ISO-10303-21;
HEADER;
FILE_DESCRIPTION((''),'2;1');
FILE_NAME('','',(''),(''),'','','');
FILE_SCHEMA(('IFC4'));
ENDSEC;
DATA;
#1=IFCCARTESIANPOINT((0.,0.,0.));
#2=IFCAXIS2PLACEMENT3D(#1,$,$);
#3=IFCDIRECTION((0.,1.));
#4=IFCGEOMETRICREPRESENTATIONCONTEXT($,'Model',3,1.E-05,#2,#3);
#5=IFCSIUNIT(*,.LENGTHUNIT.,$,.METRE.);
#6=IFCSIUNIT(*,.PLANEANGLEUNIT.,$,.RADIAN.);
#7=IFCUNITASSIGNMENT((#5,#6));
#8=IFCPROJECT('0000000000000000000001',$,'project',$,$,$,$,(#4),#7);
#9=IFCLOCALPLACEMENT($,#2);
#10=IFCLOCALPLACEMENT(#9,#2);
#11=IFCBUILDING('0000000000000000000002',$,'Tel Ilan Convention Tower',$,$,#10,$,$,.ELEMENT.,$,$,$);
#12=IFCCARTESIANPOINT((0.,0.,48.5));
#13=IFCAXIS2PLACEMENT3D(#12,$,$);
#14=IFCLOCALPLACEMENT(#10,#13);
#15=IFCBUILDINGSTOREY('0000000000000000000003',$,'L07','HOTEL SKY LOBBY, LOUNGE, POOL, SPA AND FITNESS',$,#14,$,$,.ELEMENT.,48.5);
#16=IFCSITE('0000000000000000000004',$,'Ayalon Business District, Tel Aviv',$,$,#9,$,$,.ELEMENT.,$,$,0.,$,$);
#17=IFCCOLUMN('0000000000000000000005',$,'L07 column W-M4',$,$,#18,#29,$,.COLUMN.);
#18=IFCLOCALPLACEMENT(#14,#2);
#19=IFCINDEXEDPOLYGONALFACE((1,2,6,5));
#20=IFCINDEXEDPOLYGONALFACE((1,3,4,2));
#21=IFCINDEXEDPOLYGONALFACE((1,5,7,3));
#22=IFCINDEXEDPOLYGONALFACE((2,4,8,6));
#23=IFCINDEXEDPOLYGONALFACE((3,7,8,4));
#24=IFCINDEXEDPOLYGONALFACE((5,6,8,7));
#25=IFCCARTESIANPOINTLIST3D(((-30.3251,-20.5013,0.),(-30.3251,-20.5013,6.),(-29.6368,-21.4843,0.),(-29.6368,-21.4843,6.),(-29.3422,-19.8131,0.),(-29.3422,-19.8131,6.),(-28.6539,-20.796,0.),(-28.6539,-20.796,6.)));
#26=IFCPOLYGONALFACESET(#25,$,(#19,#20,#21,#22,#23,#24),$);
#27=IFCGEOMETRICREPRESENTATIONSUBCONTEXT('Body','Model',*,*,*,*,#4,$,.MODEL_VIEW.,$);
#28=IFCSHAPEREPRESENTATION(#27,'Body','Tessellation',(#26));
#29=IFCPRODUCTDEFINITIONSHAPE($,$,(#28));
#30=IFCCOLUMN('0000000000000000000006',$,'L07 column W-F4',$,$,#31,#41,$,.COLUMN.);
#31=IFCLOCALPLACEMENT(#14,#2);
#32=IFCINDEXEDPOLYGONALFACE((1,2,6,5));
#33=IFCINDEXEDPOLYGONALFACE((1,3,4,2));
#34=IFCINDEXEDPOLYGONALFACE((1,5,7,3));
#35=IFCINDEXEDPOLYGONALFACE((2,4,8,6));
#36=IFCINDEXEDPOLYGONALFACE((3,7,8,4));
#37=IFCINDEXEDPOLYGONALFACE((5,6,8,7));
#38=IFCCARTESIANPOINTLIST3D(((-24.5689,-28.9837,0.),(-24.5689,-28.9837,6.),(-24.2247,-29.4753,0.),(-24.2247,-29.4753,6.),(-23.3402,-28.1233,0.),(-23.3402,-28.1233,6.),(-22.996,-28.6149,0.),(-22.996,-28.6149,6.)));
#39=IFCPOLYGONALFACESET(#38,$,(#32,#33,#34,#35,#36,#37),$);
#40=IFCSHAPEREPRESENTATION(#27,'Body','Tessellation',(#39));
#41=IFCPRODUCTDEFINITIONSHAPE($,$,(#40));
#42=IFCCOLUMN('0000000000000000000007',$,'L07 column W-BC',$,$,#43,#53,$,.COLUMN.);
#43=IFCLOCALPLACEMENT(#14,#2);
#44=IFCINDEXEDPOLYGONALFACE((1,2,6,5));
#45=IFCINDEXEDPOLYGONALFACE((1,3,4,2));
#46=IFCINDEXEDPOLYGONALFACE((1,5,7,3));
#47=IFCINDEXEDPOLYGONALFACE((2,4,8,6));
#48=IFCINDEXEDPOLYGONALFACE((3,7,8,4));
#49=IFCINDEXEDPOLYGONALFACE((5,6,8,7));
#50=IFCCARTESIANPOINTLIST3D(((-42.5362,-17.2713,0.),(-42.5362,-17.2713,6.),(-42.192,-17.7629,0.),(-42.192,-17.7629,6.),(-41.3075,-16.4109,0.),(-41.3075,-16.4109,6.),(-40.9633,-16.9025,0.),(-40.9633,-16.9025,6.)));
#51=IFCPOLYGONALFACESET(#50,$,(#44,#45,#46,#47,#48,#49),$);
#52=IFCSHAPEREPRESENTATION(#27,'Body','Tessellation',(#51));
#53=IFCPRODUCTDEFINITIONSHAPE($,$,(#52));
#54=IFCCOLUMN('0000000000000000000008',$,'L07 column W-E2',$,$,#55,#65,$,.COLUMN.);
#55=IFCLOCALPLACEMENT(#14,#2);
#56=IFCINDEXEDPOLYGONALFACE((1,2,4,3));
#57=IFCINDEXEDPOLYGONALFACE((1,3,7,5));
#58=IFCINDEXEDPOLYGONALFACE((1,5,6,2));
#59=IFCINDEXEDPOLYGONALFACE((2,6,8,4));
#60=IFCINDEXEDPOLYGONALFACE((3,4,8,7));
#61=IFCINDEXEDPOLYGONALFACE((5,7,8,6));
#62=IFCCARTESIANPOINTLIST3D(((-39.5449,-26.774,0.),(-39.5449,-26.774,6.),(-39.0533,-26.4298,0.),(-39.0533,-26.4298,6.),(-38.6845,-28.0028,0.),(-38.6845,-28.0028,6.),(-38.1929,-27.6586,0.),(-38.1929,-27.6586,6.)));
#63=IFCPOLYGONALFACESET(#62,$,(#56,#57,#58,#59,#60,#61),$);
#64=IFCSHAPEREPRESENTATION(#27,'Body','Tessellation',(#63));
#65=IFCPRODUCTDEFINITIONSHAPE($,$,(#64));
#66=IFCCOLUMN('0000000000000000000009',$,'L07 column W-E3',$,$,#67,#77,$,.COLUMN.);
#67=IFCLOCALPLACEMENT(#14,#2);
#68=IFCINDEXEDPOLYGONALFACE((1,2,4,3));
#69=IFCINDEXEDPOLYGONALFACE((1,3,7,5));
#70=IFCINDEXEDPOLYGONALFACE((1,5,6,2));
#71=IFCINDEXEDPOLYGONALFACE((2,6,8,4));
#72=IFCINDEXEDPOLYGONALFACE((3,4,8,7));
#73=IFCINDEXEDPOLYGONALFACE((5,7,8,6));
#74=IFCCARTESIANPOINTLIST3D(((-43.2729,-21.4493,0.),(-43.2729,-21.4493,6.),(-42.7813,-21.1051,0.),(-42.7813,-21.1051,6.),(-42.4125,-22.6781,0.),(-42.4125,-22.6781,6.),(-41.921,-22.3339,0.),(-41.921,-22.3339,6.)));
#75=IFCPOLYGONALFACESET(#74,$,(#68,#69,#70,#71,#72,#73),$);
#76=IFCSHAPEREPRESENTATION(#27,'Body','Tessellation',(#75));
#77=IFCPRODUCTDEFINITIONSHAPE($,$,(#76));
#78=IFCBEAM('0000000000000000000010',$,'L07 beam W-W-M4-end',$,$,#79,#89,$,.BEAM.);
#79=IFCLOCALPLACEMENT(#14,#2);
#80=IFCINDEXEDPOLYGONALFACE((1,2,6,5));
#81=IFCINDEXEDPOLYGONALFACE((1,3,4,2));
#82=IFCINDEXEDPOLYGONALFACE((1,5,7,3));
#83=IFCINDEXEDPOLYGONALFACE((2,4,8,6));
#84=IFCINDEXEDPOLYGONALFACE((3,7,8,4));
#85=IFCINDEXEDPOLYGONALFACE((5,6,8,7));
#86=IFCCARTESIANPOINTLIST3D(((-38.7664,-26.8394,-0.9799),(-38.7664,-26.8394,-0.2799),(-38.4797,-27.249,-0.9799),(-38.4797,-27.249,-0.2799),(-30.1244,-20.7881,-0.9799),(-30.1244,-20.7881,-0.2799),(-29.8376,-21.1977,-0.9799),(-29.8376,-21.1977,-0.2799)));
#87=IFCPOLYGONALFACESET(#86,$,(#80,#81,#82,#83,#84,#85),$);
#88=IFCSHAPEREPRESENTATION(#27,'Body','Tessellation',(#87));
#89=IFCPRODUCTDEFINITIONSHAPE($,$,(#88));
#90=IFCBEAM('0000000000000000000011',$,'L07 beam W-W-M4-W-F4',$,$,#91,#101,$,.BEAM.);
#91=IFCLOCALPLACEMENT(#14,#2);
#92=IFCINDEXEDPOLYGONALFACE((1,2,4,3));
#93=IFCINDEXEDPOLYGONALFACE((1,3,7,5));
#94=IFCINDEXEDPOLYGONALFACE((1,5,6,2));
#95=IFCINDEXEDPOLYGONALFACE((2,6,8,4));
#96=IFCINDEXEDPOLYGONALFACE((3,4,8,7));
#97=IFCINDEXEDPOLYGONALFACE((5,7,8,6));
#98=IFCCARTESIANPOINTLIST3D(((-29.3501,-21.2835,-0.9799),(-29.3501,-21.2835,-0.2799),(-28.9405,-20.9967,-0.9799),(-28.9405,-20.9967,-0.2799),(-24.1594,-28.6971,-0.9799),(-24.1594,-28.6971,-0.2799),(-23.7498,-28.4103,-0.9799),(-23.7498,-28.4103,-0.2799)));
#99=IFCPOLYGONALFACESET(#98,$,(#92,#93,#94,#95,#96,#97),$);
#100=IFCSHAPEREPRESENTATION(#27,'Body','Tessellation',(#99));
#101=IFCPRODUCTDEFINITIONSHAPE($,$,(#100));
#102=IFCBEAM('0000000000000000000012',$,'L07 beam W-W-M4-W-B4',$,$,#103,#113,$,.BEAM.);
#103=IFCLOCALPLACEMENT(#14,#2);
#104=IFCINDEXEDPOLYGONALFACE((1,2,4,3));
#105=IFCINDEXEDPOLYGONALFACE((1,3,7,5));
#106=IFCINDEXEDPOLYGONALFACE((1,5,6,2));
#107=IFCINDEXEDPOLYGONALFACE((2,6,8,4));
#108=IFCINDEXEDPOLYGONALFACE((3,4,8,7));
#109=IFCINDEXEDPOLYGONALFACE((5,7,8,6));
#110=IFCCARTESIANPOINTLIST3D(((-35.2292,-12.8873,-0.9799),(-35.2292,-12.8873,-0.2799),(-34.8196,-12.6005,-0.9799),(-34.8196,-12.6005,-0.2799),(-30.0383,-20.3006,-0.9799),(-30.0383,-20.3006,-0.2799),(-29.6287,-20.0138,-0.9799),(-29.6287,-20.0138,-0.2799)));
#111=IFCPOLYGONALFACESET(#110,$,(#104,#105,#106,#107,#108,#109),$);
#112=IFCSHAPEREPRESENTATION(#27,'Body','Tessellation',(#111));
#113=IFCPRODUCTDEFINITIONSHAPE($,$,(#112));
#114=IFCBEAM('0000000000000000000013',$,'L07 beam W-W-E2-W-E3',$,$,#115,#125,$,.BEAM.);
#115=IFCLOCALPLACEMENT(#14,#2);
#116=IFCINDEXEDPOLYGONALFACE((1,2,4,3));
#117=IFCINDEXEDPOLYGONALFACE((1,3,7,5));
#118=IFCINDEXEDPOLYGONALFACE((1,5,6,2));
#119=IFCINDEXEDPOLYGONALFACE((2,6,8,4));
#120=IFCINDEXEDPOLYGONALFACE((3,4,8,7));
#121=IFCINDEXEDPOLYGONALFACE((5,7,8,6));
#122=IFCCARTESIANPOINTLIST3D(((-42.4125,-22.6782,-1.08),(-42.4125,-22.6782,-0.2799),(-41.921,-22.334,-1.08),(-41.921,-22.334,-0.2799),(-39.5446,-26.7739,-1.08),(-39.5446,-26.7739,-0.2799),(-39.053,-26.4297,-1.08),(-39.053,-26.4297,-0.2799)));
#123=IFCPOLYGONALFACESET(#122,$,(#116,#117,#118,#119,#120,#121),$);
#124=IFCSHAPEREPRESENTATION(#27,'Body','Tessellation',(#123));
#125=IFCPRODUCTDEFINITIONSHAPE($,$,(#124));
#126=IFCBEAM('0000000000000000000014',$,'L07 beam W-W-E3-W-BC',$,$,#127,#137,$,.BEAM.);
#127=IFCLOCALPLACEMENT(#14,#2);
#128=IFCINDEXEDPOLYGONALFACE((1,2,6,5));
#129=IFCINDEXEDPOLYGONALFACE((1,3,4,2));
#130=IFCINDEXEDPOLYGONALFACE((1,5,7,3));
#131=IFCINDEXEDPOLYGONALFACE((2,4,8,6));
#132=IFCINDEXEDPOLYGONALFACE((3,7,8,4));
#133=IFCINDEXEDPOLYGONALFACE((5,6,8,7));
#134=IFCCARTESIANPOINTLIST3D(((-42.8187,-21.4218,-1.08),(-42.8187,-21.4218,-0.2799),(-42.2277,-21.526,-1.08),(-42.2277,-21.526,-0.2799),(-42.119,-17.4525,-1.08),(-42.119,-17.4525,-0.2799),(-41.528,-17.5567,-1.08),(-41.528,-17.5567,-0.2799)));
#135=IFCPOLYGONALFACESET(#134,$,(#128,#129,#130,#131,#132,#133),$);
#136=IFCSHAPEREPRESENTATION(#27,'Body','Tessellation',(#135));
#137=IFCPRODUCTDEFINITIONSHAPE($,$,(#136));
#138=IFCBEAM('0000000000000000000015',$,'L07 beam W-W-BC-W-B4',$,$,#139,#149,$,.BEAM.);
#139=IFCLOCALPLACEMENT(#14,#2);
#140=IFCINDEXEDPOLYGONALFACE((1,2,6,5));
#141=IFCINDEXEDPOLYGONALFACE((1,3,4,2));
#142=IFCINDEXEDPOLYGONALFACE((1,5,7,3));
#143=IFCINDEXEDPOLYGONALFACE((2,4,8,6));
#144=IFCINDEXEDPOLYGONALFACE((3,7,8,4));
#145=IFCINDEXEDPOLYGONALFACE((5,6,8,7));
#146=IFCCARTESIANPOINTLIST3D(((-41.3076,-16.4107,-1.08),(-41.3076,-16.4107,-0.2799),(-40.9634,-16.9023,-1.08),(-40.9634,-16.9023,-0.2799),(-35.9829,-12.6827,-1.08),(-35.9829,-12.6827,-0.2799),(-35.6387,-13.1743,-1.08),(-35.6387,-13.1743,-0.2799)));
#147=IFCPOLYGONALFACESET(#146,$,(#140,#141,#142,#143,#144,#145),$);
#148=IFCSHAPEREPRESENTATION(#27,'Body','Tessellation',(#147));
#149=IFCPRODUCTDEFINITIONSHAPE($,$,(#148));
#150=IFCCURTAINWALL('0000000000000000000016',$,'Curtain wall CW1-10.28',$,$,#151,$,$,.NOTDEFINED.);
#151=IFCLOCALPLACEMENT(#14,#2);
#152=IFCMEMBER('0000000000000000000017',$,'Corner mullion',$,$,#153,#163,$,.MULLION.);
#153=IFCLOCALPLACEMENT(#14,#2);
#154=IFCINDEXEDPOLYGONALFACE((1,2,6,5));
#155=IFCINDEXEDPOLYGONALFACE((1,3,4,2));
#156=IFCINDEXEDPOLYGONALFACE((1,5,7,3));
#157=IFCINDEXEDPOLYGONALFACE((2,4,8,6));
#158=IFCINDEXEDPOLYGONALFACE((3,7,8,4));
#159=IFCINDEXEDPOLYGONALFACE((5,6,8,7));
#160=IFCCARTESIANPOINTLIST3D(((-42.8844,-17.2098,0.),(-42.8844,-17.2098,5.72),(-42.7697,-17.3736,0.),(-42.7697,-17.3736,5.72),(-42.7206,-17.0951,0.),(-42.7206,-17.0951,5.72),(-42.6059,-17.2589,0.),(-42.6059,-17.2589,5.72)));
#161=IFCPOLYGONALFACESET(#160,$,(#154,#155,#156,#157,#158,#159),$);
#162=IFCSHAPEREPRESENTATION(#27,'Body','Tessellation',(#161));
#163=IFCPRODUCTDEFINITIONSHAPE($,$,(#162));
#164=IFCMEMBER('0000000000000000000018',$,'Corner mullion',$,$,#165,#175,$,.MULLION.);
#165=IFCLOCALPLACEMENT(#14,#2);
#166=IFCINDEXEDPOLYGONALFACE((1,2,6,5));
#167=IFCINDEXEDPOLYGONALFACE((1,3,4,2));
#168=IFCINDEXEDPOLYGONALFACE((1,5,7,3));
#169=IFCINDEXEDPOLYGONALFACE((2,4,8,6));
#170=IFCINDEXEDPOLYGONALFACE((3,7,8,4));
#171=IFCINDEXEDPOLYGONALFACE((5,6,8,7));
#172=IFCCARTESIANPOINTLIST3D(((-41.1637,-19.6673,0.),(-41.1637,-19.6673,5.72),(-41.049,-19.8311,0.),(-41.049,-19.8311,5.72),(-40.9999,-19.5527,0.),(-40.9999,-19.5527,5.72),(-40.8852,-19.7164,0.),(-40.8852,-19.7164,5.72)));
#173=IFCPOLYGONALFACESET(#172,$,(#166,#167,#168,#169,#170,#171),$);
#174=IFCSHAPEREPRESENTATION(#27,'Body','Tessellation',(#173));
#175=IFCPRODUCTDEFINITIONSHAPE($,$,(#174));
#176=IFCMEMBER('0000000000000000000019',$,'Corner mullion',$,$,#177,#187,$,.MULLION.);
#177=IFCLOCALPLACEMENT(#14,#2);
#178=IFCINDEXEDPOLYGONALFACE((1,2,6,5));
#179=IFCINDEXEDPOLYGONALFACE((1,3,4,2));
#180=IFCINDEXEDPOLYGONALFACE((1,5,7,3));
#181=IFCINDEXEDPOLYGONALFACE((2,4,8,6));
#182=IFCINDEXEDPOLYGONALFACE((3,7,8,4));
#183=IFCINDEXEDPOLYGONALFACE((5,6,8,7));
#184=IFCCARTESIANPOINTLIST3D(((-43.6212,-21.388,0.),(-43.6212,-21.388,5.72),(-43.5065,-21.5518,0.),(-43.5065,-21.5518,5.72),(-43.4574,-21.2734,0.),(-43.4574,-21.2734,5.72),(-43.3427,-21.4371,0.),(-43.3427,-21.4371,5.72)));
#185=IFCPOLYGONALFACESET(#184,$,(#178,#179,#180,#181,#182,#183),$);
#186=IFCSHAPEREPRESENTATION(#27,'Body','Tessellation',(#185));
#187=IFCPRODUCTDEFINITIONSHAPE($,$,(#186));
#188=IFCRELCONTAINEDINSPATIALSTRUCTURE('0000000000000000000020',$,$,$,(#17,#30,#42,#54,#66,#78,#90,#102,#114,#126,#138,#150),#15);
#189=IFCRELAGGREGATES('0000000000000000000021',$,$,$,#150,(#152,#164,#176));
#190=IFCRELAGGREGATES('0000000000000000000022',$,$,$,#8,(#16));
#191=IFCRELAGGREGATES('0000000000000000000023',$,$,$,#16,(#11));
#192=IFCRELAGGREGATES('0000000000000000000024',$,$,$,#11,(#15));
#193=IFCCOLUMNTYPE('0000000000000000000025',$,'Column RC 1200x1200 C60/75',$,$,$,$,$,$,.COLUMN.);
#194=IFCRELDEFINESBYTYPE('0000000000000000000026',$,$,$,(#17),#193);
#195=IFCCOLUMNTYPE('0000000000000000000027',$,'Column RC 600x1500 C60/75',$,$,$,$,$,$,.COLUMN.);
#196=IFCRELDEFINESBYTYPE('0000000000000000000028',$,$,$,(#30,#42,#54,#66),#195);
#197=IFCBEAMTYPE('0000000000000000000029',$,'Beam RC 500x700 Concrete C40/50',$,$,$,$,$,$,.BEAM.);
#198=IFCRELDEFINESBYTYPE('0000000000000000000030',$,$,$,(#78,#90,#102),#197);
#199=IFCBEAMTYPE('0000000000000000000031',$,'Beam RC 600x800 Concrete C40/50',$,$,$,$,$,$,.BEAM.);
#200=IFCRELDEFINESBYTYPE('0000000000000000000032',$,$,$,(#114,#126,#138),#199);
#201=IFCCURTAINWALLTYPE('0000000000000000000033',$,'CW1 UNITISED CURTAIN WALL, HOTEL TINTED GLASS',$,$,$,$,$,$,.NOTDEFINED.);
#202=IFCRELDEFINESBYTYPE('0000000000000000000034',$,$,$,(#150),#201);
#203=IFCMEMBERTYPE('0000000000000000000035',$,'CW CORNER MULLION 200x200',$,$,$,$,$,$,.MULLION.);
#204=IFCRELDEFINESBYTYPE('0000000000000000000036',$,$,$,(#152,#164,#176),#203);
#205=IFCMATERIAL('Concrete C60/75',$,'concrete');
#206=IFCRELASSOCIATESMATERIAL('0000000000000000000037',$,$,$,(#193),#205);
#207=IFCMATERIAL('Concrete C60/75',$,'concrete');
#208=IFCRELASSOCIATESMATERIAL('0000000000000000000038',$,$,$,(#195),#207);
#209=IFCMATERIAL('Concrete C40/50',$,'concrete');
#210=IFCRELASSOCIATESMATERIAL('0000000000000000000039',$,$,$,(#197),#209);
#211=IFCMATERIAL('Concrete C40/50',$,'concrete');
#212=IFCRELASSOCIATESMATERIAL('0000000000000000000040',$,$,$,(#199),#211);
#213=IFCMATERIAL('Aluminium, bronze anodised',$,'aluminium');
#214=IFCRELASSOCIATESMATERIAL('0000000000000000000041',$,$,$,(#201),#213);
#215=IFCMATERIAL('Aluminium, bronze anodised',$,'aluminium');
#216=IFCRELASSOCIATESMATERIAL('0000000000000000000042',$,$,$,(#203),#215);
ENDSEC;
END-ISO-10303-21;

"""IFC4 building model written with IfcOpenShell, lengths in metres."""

from ifc_helpers import new_model, si_unit, direction, frame, origin, origin_2d, place, context, subcontext, project, spatial, rectangle, extrude, material, material_profile, profile_set, type_object, element, aggregate, save


model = new_model("IFC4")

# Units and contexts
model_context = context("Model", 3, precision=1e-05, world=origin(), true_north=direction((0.0, 1.0)))
body_context = subcontext(model_context, "Body", "Model", "MODEL_VIEW")
ifc_project = project(units=[si_unit("LENGTHUNIT", "METRE"), si_unit("PLANEANGLEUNIT", "RADIAN")], contexts=[model_context])

# Site, building, storey
site_placement = place(None, origin())
site = spatial("IfcSite", under=ifc_project, at=site_placement, Name="Ayalon Business District, Tel Aviv", CompositionType="ELEMENT", RefElevation=0.0)
building_placement = place(site_placement, origin())
building = spatial("IfcBuilding", under=site, at=building_placement, Name="Tel Ilan Convention Tower", CompositionType="ELEMENT")
storey_placement = place(building_placement, frame((0.0, 0.0, 48.5)))
storey = spatial("IfcBuildingStorey", under=building, at=storey_placement, Name="L07", Description="HOTEL SKY LOBBY, LOUNGE, POOL, SPA AND FITNESS", CompositionType="ELEMENT", Elevation=48.5)

# Columns
ifc_material_1 = material(Name="Concrete C60/75", Category="concrete")
ifc_material_profile_1 = material_profile(ifc_material_1, rectangle(XDim=1.2, YDim=1.2, at=origin_2d()), Name="RC 1200x1200")
ifc_profile_set_1 = profile_set([ifc_material_profile_1], Name="Concrete C60/75")
column_type_1 = type_object("IfcColumnType", Name="Column RC 1200x1200 C60/75", PredefinedType="COLUMN", material=ifc_profile_set_1)
column_placement = place(storey_placement, frame((-29.4895, -20.6487, 0.0), z_axis=(0.0, 0.0, 1.0), x_axis=(-0.819152, -0.573576, 0.0)))
element("IfcColumn", 1, at=column_placement, inside=storey, type_object=column_type_1, Name="L07 column W-M4", PredefinedType="COLUMN", context=body_context, shape_type="SweptSolid", body=[
    extrude(rectangle(XDim=1.2, YDim=1.2, at=origin_2d()), origin(), (0.0, 0.0, 1.0), 6.0),
])
ifc_material_2 = material(Name="Concrete C60/75", Category="concrete")
ifc_material_profile_2 = material_profile(ifc_material_2, rectangle(XDim=1.5, YDim=0.6001, at=origin_2d()), Name="RC 600x1500")
ifc_profile_set_2 = profile_set([ifc_material_profile_2], Name="Concrete C60/75")
column_type_2 = type_object("IfcColumnType", Name="Column RC 600x1500 C60/75", PredefinedType="COLUMN", material=ifc_profile_set_2)
for number, where, z_axis, x_axis, name in (
    (2, (-23.7825, -28.7993, 0.0), (0.0, 0.0, 1.0), (-0.819152, -0.573576, 0.0), "L07 column W-F4"),
    (3, (-41.7498, -17.0869, 0.0), (0.0, 0.0, 1.0), (-0.819152, -0.573576, 0.0), "L07 column W-BC"),
    (4, (-38.8689, -27.2163, 0.0), (0.0, 0.0, 1.0), (-0.573576, 0.819152, 0.0), "L07 column W-E2"),
    (5, (-42.5969, -21.8916, 0.0), (0.0, 0.0, 1.0), (-0.573576, 0.819152, 0.0), "L07 column W-E3"),
):
    element("IfcColumn", number, at=place(storey_placement, frame(where, z_axis=z_axis, x_axis=x_axis)), inside=storey, type_object=column_type_2, Name=name, PredefinedType="COLUMN", context=body_context, shape_type="SweptSolid", body=[
        extrude(rectangle(XDim=1.5, YDim=0.6001, at=origin_2d()), origin(), (0.0, 0.0, 1.0), 6.0),
    ])

# Beams
ifc_material_3 = material(Name="Concrete C40/50", Category="concrete")
ifc_material_profile_3 = material_profile(ifc_material_3, rectangle(XDim=0.5, YDim=0.7, at=origin_2d()), Name="RC 500x700")
ifc_profile_set_3 = profile_set([ifc_material_profile_3], Name="Concrete C40/50")
beam_type_1 = type_object("IfcBeamType", Name="Beam RC 500x700 Concrete C40/50", PredefinedType="BEAM", material=ifc_profile_set_3)
beam_1_placement = place(storey_placement, frame((-29.981, -20.9929, -0.6299), z_axis=(-0.819151, -0.573577, 0.0), x_axis=(0.573577, -0.819151, 0.0)))
element("IfcBeam", 6, at=beam_1_placement, inside=storey, type_object=beam_type_1, Name="L07 beam W-W-M4-end", PredefinedType="BEAM", context=body_context, shape_type="SweptSolid", body=[
    extrude(rectangle(XDim=0.5, YDim=0.7, at=origin_2d()), origin(), (0.0, 0.0, 1.0), 10.55),
])
for number, where, z_axis, x_axis, name in (
    (7, (-29.1453, -21.1401, -0.6299), (0.573549, -0.819171, 0.0), (0.819171, 0.573549, 0.0), "L07 beam W-W-M4-W-F4"),
    (8, (-29.8335, -20.1572, -0.6299), (-0.57358, 0.81915, 0.0), (-0.81915, -0.57358, 0.0), "L07 beam W-W-M4-W-B4"),
):
    element("IfcBeam", number, at=place(storey_placement, frame(where, z_axis=z_axis, x_axis=x_axis)), inside=storey, type_object=beam_type_1, Name=name, PredefinedType="BEAM", context=body_context, shape_type="SweptSolid", body=[
        extrude(rectangle(XDim=0.5, YDim=0.7, at=origin_2d()), origin(), (0.0, 0.0, 1.0), 9.05),
    ])
ifc_material_4 = material(Name="Concrete C40/50", Category="concrete")
ifc_material_profile_4 = material_profile(ifc_material_4, rectangle(XDim=0.6001, YDim=0.8, at=origin_2d()), Name="RC 600x800")
ifc_profile_set_4 = profile_set([ifc_material_profile_4], Name="Concrete C40/50")
beam_type_2 = type_object("IfcBeamType", Name="Beam RC 600x800 Concrete C40/50", PredefinedType="BEAM", material=ifc_profile_set_4)
beam_2_placement = place(storey_placement, frame((-39.2988, -26.6018, -0.6799), z_axis=(-0.573587, 0.819145, 0.0), x_axis=(-0.819145, -0.573587, 0.0)))
element("IfcBeam", 9, at=beam_2_placement, inside=storey, type_object=beam_type_2, Name="L07 beam W-W-E2-W-E3", PredefinedType="BEAM", context=body_context, shape_type="SweptSolid", body=[
    extrude(rectangle(XDim=0.6001, YDim=0.8, at=origin_2d()), origin(), (0.0, 0.0, 1.0), 5.0),
])
beam_3_placement = place(storey_placement, frame((-42.5232, -21.4739, -0.6799), z_axis=(0.173606, 0.984815, 0.0), x_axis=(-0.984815, 0.173606, 0.0)))
element("IfcBeam", 10, at=beam_3_placement, inside=storey, type_object=beam_type_2, Name="L07 beam W-W-E3-W-BC", PredefinedType="BEAM", context=body_context, shape_type="SweptSolid", body=[
    extrude(rectangle(XDim=0.6001, YDim=0.8, at=origin_2d()), origin(), (0.0, 0.0, 1.0), 4.0305),
])
beam_4_placement = place(storey_placement, frame((-41.1355, -16.6565, -0.6799), z_axis=(0.819179, 0.573538, 0.0), x_axis=(-0.573538, 0.819179, 0.0)))
element("IfcBeam", 11, at=beam_4_placement, inside=storey, type_object=beam_type_2, Name="L07 beam W-W-BC-W-B4", PredefinedType="BEAM", context=body_context, shape_type="SweptSolid", body=[
    extrude(rectangle(XDim=0.6001, YDim=0.8, at=origin_2d()), origin(), (0.0, 0.0, 1.0), 6.5),
])

# Curtain wall, members
ifc_material_5 = material(Name="Aluminium, bronze anodised", Category="aluminium")
curtain_wall_type = type_object("IfcCurtainWallType", Name="CW1 UNITISED CURTAIN WALL, HOTEL TINTED GLASS", PredefinedType="NOTDEFINED", material=ifc_material_5)
curtain_wall_1_placement = place(storey_placement, origin())
curtain_wall_1 = element("IfcCurtainWall", 12, at=curtain_wall_1_placement, inside=storey, type_object=curtain_wall_type, Name="Curtain wall CW1-10.28", PredefinedType="NOTDEFINED")
ifc_material_6 = material(Name="Aluminium, bronze anodised", Category="aluminium")
ifc_material_profile_5 = material_profile(ifc_material_6, rectangle(XDim=0.2, YDim=0.2, at=origin_2d()), Name="CW CORNER MULLION 200x200")
ifc_profile_set_5 = profile_set([ifc_material_profile_5], Name="Aluminium, bronze anodised")
member_type_1 = type_object("IfcMemberType", Name="CW CORNER MULLION 200x200", PredefinedType="MULLION", material=ifc_profile_set_5)
member_1_placement = place(storey_placement, frame((-42.7451, -17.2344, 0.0), z_axis=(0.0, 0.0, 1.0), x_axis=(-0.819152, -0.573576, 0.0)))
member_1 = element("IfcMember", 13, at=member_1_placement, type_object=member_type_1, Name="Corner mullion", PredefinedType="MULLION", context=body_context, shape_type="SweptSolid", body=[
    extrude(rectangle(XDim=0.2, YDim=0.2, at=origin_2d()), origin(), (0.0, 0.0, 1.0), 5.72),
])
member_2_placement = place(storey_placement, frame((-41.0244, -19.6919, 0.0), z_axis=(0.0, 0.0, 1.0), x_axis=(0.573576, -0.819152, 0.0)))
member_2 = element("IfcMember", 14, at=member_2_placement, type_object=member_type_1, Name="Corner mullion", PredefinedType="MULLION", context=body_context, shape_type="SweptSolid", body=[
    extrude(rectangle(XDim=0.2, YDim=0.2, at=origin_2d()), origin(), (0.0, 0.0, 1.0), 5.72),
])
member_3_placement = place(storey_placement, frame((-43.4819, -21.4126, 0.0), z_axis=(0.0, 0.0, 1.0), x_axis=(-0.819152, -0.573576, 0.0)))
member_3 = element("IfcMember", 15, at=member_3_placement, type_object=member_type_1, Name="Corner mullion", PredefinedType="MULLION", context=body_context, shape_type="SweptSolid", body=[
    extrude(rectangle(XDim=0.2, YDim=0.2, at=origin_2d()), origin(), (0.0, 0.0, 1.0), 5.72),
])

aggregate(curtain_wall_1, [member_1, member_2, member_3])

save(model, "model.ifc")
